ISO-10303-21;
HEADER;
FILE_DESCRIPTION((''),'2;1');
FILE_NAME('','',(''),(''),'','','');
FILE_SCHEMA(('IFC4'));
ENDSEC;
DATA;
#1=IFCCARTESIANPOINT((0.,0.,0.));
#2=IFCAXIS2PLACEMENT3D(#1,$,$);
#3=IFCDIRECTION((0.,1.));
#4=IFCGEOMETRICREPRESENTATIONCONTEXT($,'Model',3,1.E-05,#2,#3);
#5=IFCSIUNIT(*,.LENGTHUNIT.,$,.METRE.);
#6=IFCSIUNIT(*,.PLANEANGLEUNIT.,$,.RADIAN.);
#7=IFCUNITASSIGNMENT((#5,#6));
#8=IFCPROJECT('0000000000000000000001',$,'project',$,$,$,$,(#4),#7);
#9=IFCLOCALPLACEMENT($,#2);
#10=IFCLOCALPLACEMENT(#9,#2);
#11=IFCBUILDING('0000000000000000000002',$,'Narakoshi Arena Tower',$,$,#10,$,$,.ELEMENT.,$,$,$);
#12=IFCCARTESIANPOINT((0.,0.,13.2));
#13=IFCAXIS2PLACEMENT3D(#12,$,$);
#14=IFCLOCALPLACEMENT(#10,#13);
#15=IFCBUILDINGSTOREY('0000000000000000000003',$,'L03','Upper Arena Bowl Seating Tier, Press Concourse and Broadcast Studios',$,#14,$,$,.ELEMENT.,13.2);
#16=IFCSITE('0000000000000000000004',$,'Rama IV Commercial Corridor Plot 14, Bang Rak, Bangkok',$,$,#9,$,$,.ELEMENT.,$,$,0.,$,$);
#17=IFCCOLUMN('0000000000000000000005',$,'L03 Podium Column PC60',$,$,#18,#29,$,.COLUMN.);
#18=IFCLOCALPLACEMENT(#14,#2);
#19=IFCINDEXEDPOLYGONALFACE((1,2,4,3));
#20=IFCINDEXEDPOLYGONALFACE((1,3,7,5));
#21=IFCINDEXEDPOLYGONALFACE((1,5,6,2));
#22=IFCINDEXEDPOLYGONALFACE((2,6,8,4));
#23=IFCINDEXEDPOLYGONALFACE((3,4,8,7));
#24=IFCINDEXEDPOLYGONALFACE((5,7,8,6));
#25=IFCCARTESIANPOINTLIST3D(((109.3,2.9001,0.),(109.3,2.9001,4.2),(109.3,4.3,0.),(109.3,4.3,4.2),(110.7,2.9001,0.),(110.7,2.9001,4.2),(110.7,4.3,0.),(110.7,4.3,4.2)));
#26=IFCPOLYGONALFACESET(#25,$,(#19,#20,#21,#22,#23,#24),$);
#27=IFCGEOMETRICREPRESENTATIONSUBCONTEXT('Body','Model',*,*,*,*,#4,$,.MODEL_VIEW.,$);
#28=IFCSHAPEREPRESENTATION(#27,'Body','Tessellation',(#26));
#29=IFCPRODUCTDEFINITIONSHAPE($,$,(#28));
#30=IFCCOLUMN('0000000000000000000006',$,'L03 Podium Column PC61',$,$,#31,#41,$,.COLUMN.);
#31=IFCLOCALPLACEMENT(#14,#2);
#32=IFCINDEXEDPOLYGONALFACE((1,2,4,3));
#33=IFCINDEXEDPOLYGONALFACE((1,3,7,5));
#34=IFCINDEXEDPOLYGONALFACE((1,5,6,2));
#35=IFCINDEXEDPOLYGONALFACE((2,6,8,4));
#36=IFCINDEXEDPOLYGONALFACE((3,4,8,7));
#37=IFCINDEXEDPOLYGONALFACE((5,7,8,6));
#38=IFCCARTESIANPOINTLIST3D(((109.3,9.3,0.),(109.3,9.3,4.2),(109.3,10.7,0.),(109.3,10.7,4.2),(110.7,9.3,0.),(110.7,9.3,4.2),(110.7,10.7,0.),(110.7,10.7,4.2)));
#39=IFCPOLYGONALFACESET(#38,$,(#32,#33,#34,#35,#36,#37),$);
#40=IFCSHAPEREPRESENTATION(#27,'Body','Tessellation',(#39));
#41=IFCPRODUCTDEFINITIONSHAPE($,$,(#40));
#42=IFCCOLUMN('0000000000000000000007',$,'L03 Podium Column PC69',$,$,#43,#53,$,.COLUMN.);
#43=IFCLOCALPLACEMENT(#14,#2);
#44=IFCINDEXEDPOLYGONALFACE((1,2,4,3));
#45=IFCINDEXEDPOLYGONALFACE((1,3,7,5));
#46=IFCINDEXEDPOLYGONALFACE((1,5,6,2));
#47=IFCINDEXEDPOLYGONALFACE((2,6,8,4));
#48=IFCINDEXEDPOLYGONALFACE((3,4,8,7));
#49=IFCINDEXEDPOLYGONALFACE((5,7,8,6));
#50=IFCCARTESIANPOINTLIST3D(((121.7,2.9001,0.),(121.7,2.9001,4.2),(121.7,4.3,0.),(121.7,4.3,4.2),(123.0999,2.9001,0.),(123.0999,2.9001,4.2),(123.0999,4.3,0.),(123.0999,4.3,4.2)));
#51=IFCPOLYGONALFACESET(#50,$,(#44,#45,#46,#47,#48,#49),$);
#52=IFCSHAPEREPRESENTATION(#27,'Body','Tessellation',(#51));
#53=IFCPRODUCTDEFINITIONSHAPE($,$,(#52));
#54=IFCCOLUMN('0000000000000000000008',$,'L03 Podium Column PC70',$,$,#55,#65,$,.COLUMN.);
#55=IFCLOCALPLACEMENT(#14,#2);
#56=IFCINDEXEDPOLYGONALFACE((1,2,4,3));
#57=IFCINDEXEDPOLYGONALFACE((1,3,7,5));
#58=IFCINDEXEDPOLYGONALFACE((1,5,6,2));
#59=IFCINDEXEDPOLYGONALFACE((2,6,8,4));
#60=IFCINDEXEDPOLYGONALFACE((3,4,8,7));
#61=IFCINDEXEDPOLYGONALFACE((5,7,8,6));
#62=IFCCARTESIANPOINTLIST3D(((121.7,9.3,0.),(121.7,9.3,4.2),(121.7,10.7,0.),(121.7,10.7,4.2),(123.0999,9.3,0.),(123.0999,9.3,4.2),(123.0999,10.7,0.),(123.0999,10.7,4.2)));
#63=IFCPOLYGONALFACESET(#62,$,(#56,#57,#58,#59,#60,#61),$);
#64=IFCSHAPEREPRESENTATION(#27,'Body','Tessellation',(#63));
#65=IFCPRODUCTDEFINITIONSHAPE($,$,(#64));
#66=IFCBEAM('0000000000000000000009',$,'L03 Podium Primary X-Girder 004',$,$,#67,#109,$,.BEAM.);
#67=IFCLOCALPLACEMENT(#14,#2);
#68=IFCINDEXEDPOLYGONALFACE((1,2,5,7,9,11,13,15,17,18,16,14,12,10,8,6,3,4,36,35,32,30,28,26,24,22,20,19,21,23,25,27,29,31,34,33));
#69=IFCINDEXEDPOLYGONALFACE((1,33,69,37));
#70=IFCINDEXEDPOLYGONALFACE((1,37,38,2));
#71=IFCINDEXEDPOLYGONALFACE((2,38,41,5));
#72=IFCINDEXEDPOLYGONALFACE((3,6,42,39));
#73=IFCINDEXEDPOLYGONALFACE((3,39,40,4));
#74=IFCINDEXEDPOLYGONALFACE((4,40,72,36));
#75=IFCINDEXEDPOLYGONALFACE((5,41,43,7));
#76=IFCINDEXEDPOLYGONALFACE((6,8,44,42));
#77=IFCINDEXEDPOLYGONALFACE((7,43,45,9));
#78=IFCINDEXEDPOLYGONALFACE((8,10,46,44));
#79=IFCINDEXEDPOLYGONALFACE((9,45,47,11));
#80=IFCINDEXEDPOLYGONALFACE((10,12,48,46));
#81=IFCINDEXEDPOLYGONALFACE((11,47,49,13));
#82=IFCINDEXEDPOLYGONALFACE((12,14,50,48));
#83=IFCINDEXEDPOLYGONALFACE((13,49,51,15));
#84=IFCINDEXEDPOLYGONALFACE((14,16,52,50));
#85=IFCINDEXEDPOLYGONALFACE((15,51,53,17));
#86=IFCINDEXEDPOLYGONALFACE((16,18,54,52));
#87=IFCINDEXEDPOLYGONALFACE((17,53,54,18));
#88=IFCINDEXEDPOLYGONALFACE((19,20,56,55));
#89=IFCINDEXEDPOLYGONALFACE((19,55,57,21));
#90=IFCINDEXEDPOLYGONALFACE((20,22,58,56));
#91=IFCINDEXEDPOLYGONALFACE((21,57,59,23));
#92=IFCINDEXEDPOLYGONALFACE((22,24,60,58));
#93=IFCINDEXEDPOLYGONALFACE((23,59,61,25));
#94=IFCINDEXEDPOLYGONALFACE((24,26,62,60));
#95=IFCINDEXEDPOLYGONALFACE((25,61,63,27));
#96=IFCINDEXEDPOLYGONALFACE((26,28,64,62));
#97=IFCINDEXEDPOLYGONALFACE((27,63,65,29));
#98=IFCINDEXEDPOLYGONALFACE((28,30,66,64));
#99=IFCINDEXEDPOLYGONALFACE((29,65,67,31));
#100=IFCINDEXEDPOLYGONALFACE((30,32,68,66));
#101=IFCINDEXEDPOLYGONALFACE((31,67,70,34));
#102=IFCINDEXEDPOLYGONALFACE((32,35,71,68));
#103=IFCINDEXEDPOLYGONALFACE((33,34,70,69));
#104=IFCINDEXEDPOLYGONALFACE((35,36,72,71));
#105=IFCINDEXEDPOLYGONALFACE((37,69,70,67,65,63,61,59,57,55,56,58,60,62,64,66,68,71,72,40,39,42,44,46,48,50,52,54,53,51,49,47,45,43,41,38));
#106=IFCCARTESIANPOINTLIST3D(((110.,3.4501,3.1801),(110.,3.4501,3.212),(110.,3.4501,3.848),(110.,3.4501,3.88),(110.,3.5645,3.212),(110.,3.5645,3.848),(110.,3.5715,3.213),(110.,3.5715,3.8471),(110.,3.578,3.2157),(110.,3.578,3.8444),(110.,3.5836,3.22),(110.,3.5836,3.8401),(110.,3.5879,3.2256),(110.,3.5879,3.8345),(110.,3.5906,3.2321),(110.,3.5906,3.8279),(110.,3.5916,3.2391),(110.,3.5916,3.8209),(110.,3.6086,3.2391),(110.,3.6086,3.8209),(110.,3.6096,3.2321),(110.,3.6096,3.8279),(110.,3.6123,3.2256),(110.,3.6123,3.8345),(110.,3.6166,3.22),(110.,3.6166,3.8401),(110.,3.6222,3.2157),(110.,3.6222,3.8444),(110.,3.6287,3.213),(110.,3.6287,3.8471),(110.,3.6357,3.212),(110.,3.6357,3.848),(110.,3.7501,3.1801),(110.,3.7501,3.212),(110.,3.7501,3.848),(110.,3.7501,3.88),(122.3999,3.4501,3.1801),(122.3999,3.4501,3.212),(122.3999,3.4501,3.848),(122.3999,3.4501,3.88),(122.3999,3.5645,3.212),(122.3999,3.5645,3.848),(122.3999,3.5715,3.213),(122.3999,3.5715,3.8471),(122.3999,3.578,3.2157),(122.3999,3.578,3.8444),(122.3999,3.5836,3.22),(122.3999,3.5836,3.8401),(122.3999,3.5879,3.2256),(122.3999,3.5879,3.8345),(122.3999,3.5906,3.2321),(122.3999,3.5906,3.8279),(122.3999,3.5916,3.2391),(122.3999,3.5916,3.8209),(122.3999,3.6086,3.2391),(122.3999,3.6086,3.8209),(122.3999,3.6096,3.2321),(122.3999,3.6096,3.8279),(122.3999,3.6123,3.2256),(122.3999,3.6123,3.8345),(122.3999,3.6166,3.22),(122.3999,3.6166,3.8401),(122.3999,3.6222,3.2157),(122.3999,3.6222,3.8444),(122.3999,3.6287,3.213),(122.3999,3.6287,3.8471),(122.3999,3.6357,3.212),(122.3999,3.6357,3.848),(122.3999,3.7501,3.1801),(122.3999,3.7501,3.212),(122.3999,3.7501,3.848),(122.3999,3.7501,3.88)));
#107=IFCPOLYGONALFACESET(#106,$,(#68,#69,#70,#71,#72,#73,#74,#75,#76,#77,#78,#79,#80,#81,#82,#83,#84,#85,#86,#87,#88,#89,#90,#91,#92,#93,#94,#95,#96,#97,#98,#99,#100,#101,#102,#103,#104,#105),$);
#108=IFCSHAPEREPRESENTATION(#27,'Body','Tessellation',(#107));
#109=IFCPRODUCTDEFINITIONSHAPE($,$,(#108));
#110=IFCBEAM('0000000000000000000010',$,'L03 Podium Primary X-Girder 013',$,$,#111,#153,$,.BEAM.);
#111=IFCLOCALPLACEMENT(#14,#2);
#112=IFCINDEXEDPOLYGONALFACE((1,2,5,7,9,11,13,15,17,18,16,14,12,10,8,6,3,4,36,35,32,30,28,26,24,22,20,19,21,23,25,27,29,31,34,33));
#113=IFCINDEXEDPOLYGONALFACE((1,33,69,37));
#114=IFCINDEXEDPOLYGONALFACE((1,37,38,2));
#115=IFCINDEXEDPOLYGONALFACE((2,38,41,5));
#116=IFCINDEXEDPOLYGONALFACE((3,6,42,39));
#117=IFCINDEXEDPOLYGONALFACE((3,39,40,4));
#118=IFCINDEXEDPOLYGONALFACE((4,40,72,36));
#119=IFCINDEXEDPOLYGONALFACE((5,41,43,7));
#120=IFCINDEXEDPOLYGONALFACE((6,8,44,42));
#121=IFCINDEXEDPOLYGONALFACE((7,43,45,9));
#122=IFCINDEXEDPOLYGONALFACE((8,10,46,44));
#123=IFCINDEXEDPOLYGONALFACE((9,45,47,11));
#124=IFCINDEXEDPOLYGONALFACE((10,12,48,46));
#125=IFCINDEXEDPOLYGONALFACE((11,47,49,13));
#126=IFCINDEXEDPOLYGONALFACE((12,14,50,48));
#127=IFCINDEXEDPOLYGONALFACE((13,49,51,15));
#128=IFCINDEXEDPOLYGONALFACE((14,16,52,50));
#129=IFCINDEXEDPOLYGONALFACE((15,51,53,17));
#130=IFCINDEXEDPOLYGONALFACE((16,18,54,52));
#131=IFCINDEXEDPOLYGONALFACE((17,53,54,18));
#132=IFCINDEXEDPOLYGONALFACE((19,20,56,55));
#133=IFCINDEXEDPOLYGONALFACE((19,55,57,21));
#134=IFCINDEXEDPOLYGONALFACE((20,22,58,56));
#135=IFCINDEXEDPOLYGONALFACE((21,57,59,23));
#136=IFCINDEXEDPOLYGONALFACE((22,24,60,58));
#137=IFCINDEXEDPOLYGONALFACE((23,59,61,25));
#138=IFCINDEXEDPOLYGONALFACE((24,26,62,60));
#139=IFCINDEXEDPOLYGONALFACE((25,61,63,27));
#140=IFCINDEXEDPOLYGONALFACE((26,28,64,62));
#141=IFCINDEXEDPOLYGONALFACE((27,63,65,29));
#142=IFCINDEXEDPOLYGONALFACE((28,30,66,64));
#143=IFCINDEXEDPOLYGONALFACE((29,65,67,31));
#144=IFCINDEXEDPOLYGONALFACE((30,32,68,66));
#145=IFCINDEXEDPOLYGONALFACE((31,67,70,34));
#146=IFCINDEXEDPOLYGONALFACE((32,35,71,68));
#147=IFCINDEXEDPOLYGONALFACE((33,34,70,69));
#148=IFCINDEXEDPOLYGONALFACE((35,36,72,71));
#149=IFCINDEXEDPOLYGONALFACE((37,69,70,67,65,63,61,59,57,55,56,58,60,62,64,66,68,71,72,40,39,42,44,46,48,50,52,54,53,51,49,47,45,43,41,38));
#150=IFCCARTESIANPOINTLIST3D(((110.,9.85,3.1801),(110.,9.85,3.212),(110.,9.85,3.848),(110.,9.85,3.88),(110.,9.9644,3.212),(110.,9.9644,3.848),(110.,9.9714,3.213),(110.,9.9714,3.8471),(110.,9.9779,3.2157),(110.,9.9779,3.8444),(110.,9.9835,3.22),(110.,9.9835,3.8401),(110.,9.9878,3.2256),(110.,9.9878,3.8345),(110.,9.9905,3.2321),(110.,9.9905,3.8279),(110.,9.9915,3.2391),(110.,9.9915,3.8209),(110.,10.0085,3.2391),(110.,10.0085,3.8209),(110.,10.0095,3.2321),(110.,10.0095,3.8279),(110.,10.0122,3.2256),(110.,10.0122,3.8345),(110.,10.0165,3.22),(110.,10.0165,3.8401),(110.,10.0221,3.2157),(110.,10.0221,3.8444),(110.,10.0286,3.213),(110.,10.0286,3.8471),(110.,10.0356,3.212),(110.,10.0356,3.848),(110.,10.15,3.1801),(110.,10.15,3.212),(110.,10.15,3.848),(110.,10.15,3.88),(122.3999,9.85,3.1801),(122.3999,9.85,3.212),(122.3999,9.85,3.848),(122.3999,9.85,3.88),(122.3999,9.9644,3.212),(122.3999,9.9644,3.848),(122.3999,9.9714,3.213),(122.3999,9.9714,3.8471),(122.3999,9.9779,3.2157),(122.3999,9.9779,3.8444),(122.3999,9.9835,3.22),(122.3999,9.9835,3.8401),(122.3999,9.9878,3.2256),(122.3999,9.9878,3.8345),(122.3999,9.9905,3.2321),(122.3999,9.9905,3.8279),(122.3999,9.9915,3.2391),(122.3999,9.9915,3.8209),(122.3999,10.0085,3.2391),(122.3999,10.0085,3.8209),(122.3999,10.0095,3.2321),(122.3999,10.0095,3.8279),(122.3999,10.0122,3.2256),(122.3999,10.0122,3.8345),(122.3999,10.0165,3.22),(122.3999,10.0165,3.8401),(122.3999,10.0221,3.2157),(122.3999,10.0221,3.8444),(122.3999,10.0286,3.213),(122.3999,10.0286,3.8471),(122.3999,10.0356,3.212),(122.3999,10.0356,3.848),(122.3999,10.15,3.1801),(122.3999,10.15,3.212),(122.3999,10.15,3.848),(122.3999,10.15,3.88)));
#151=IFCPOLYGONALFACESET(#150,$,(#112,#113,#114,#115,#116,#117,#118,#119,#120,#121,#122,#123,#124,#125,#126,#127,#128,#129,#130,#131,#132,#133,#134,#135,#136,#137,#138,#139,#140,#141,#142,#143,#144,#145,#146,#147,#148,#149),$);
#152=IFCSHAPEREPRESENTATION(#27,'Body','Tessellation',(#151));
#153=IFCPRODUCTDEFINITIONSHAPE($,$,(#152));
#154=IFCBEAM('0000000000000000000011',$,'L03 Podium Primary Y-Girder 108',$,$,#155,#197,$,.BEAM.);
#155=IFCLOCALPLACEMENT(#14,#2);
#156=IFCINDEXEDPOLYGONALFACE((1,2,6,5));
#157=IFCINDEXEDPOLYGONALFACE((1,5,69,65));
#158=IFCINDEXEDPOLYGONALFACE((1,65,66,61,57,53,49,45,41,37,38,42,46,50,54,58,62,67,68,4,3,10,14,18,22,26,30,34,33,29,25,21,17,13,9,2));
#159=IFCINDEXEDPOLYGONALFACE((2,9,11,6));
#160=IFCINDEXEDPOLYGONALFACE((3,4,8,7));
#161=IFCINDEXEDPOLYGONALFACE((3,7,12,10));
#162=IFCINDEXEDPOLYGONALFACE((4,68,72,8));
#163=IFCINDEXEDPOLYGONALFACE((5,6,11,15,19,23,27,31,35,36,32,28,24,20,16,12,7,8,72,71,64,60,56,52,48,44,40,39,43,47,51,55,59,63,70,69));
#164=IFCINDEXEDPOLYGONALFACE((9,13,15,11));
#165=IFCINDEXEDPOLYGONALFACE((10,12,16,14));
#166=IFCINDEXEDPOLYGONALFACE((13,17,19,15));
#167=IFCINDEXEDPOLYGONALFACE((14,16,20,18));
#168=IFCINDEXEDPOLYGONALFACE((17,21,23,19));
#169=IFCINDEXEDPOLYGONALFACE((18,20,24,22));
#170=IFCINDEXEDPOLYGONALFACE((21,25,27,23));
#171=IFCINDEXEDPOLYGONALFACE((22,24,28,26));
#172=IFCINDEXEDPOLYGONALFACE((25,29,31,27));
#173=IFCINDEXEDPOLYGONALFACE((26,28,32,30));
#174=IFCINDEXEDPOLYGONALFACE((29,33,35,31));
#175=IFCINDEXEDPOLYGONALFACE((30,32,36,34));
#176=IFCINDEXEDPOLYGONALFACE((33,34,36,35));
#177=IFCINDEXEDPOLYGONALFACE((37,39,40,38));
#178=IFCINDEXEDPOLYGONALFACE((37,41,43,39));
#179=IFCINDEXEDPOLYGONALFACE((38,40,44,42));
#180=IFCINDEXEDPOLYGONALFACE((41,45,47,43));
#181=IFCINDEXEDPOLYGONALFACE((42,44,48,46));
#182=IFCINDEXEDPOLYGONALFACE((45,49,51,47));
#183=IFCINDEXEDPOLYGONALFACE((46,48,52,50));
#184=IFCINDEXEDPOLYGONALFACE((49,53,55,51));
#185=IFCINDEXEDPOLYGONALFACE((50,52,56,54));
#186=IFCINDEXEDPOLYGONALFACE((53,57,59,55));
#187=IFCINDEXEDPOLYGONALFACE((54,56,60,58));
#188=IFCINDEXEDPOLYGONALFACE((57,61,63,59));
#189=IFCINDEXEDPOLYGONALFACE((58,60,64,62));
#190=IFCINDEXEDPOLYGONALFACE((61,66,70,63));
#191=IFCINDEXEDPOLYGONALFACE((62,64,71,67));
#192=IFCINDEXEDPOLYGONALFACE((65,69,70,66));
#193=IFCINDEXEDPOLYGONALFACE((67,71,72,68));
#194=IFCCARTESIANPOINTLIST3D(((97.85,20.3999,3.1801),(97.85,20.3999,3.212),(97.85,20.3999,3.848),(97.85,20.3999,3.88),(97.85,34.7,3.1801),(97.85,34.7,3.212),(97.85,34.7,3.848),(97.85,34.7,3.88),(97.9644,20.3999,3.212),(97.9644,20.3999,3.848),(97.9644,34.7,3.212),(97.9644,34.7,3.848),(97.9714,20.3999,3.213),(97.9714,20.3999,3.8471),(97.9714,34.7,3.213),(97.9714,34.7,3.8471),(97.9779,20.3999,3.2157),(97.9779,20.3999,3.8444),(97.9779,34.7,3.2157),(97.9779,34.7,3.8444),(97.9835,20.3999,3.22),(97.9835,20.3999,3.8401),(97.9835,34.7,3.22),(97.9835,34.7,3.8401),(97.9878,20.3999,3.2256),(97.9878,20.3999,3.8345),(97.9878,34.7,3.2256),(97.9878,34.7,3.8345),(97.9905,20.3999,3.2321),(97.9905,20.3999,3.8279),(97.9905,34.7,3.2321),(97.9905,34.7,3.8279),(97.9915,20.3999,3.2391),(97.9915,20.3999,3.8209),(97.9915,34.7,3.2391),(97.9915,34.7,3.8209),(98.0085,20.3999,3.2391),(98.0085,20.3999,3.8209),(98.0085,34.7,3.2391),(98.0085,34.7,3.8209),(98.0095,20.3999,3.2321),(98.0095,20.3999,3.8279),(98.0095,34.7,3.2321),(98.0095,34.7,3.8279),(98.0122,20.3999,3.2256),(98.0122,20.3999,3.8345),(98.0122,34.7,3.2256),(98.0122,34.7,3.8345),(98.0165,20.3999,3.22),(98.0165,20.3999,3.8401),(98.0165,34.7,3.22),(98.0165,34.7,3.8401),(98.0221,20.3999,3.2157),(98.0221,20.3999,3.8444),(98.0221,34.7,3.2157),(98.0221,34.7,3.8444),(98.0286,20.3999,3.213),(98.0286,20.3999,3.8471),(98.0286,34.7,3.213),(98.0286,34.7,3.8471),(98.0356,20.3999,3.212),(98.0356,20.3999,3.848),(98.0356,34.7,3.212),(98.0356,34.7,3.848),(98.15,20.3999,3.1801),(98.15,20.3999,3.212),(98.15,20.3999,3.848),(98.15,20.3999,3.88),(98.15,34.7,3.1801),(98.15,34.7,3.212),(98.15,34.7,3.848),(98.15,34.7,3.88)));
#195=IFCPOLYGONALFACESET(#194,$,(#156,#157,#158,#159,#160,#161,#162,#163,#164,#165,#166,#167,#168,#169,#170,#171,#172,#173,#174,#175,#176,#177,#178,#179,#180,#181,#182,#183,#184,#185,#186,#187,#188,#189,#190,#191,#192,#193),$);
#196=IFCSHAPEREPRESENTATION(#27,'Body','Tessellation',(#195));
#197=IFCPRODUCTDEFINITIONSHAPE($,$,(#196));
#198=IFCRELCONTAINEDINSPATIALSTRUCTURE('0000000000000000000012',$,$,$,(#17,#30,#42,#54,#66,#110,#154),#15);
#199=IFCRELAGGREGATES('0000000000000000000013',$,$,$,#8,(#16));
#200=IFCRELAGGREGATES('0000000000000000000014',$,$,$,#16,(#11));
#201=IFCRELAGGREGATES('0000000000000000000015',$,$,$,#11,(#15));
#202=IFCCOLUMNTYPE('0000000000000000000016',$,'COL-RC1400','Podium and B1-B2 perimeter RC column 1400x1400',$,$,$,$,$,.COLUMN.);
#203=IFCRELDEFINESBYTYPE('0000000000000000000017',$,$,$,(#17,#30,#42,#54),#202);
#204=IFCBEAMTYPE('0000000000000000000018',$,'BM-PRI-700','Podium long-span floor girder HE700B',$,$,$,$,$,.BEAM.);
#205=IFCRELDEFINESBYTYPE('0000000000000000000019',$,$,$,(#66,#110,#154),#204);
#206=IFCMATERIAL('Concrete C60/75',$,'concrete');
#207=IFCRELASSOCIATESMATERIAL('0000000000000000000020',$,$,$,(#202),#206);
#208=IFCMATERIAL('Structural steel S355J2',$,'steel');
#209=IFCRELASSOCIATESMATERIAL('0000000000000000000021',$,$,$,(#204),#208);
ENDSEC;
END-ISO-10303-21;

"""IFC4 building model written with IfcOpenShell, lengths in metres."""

from ifc_helpers import new_model, si_unit, direction, frame, origin, origin_2d, place, context, subcontext, project, spatial, rectangle, i_section, extrude, material, material_profile, profile_set, type_object, element, save


model = new_model("IFC4")

# Units and contexts
model_context = context("Model", 3, precision=1e-05, world=origin(), true_north=direction((0.0, 1.0)))
body_context = subcontext(model_context, "Body", "Model", "MODEL_VIEW")
ifc_project = project(units=[si_unit("LENGTHUNIT", "METRE"), si_unit("PLANEANGLEUNIT", "RADIAN")], contexts=[model_context])

# Site, building, storey
site_placement = place(None, origin())
site = spatial("IfcSite", under=ifc_project, at=site_placement, Name="Rama IV Commercial Corridor Plot 14, Bang Rak, Bangkok", CompositionType="ELEMENT", RefElevation=0.0)
building_placement = place(site_placement, origin())
building = spatial("IfcBuilding", under=site, at=building_placement, Name="Narakoshi Arena Tower", CompositionType="ELEMENT")
storey_placement = place(building_placement, frame((0.0, 0.0, 13.2)))
storey = spatial("IfcBuildingStorey", under=building, at=storey_placement, Name="L03", Description="Upper Arena Bowl Seating Tier, Press Concourse and Broadcast Studios", CompositionType="ELEMENT", Elevation=13.2)

# Columns
ifc_material_1 = material(Name="Concrete C60/75", Category="concrete")
ifc_material_profile_1 = material_profile(ifc_material_1, rectangle(XDim=1.3999, YDim=1.3999, at=origin_2d()), Name="RC1400x1400")
ifc_profile_set_1 = profile_set([ifc_material_profile_1], Name="Concrete C60/75")
column_type = type_object("IfcColumnType", Name="COL-RC1400", Description="Podium and B1-B2 perimeter RC column 1400x1400", PredefinedType="COLUMN", material=ifc_profile_set_1)
for number, where, z_axis, x_axis, name in (
    (1, (110.0, 3.6001, 0.0), (0.0, 0.0, 1.0), (1.0, 0.0, 0.0), "L03 Podium Column PC60"),
    (2, (110.0, 10.0, 0.0), (0.0, 0.0, 1.0), (1.0, 0.0, 0.0), "L03 Podium Column PC61"),
    (3, (122.3999, 3.6001, 0.0), (0.0, 0.0, 1.0), (1.0, 0.0, 0.0), "L03 Podium Column PC69"),
    (4, (122.3999, 10.0, 0.0), (0.0, 0.0, 1.0), (1.0, 0.0, 0.0), "L03 Podium Column PC70"),
):
    element("IfcColumn", number, at=place(storey_placement, frame(where, z_axis=z_axis, x_axis=x_axis)), inside=storey, type_object=column_type, Name=name, PredefinedType="COLUMN", context=body_context, shape_type="SweptSolid", body=[
        extrude(rectangle(XDim=1.3999, YDim=1.3999, at=origin_2d()), origin(), (0.0, 0.0, 1.0), 4.2),
    ])

# Beams
ifc_material_2 = material(Name="Structural steel S355J2", Category="steel")
ifc_material_profile_2 = material_profile(ifc_material_2, i_section(OverallWidth=0.3, OverallDepth=0.7, WebThickness=0.0171, FlangeThickness=0.032, FilletRadius=0.0271, at=origin_2d()), Name="HE700B")
ifc_profile_set_2 = profile_set([ifc_material_profile_2], Name="Structural steel S355J2")
beam_type_1 = type_object("IfcBeamType", Name="BM-PRI-700", Description="Podium long-span floor girder HE700B", PredefinedType="BEAM", material=ifc_profile_set_2)
for number, where, z_axis, x_axis, name in (
    (5, (110.0, 3.6001, 3.53), (1.0, 0.0, 0.0), (0.0, 1.0, 0.0), "L03 Podium Primary X-Girder 004"),
    (6, (110.0, 10.0, 3.53), (1.0, 0.0, 0.0), (0.0, 1.0, 0.0), "L03 Podium Primary X-Girder 013"),
):
    element("IfcBeam", number, at=place(storey_placement, frame(where, z_axis=z_axis, x_axis=x_axis)), inside=storey, type_object=beam_type_1, Name=name, PredefinedType="BEAM", context=body_context, shape_type="SweptSolid", body=[
        extrude(i_section(OverallWidth=0.3, OverallDepth=0.7, WebThickness=0.0171, FlangeThickness=0.032, FilletRadius=0.0271, at=origin_2d()), origin(), (0.0, 0.0, 1.0), 12.3999),
    ])
beam_1_placement = place(storey_placement, frame((98.0, 20.3999, 3.53), z_axis=(0.0, 1.0, 0.0), x_axis=(-1.0, 0.0, 0.0)))
element("IfcBeam", 7, at=beam_1_placement, inside=storey, type_object=beam_type_1, Name="L03 Podium Primary Y-Girder 108", PredefinedType="BEAM", context=body_context, shape_type="SweptSolid", body=[
    extrude(i_section(OverallWidth=0.3, OverallDepth=0.7, WebThickness=0.0171, FlangeThickness=0.032, FilletRadius=0.0271, at=origin_2d()), origin(), (0.0, 0.0, 1.0), 14.3),
])

save(model, "model.ifc")
